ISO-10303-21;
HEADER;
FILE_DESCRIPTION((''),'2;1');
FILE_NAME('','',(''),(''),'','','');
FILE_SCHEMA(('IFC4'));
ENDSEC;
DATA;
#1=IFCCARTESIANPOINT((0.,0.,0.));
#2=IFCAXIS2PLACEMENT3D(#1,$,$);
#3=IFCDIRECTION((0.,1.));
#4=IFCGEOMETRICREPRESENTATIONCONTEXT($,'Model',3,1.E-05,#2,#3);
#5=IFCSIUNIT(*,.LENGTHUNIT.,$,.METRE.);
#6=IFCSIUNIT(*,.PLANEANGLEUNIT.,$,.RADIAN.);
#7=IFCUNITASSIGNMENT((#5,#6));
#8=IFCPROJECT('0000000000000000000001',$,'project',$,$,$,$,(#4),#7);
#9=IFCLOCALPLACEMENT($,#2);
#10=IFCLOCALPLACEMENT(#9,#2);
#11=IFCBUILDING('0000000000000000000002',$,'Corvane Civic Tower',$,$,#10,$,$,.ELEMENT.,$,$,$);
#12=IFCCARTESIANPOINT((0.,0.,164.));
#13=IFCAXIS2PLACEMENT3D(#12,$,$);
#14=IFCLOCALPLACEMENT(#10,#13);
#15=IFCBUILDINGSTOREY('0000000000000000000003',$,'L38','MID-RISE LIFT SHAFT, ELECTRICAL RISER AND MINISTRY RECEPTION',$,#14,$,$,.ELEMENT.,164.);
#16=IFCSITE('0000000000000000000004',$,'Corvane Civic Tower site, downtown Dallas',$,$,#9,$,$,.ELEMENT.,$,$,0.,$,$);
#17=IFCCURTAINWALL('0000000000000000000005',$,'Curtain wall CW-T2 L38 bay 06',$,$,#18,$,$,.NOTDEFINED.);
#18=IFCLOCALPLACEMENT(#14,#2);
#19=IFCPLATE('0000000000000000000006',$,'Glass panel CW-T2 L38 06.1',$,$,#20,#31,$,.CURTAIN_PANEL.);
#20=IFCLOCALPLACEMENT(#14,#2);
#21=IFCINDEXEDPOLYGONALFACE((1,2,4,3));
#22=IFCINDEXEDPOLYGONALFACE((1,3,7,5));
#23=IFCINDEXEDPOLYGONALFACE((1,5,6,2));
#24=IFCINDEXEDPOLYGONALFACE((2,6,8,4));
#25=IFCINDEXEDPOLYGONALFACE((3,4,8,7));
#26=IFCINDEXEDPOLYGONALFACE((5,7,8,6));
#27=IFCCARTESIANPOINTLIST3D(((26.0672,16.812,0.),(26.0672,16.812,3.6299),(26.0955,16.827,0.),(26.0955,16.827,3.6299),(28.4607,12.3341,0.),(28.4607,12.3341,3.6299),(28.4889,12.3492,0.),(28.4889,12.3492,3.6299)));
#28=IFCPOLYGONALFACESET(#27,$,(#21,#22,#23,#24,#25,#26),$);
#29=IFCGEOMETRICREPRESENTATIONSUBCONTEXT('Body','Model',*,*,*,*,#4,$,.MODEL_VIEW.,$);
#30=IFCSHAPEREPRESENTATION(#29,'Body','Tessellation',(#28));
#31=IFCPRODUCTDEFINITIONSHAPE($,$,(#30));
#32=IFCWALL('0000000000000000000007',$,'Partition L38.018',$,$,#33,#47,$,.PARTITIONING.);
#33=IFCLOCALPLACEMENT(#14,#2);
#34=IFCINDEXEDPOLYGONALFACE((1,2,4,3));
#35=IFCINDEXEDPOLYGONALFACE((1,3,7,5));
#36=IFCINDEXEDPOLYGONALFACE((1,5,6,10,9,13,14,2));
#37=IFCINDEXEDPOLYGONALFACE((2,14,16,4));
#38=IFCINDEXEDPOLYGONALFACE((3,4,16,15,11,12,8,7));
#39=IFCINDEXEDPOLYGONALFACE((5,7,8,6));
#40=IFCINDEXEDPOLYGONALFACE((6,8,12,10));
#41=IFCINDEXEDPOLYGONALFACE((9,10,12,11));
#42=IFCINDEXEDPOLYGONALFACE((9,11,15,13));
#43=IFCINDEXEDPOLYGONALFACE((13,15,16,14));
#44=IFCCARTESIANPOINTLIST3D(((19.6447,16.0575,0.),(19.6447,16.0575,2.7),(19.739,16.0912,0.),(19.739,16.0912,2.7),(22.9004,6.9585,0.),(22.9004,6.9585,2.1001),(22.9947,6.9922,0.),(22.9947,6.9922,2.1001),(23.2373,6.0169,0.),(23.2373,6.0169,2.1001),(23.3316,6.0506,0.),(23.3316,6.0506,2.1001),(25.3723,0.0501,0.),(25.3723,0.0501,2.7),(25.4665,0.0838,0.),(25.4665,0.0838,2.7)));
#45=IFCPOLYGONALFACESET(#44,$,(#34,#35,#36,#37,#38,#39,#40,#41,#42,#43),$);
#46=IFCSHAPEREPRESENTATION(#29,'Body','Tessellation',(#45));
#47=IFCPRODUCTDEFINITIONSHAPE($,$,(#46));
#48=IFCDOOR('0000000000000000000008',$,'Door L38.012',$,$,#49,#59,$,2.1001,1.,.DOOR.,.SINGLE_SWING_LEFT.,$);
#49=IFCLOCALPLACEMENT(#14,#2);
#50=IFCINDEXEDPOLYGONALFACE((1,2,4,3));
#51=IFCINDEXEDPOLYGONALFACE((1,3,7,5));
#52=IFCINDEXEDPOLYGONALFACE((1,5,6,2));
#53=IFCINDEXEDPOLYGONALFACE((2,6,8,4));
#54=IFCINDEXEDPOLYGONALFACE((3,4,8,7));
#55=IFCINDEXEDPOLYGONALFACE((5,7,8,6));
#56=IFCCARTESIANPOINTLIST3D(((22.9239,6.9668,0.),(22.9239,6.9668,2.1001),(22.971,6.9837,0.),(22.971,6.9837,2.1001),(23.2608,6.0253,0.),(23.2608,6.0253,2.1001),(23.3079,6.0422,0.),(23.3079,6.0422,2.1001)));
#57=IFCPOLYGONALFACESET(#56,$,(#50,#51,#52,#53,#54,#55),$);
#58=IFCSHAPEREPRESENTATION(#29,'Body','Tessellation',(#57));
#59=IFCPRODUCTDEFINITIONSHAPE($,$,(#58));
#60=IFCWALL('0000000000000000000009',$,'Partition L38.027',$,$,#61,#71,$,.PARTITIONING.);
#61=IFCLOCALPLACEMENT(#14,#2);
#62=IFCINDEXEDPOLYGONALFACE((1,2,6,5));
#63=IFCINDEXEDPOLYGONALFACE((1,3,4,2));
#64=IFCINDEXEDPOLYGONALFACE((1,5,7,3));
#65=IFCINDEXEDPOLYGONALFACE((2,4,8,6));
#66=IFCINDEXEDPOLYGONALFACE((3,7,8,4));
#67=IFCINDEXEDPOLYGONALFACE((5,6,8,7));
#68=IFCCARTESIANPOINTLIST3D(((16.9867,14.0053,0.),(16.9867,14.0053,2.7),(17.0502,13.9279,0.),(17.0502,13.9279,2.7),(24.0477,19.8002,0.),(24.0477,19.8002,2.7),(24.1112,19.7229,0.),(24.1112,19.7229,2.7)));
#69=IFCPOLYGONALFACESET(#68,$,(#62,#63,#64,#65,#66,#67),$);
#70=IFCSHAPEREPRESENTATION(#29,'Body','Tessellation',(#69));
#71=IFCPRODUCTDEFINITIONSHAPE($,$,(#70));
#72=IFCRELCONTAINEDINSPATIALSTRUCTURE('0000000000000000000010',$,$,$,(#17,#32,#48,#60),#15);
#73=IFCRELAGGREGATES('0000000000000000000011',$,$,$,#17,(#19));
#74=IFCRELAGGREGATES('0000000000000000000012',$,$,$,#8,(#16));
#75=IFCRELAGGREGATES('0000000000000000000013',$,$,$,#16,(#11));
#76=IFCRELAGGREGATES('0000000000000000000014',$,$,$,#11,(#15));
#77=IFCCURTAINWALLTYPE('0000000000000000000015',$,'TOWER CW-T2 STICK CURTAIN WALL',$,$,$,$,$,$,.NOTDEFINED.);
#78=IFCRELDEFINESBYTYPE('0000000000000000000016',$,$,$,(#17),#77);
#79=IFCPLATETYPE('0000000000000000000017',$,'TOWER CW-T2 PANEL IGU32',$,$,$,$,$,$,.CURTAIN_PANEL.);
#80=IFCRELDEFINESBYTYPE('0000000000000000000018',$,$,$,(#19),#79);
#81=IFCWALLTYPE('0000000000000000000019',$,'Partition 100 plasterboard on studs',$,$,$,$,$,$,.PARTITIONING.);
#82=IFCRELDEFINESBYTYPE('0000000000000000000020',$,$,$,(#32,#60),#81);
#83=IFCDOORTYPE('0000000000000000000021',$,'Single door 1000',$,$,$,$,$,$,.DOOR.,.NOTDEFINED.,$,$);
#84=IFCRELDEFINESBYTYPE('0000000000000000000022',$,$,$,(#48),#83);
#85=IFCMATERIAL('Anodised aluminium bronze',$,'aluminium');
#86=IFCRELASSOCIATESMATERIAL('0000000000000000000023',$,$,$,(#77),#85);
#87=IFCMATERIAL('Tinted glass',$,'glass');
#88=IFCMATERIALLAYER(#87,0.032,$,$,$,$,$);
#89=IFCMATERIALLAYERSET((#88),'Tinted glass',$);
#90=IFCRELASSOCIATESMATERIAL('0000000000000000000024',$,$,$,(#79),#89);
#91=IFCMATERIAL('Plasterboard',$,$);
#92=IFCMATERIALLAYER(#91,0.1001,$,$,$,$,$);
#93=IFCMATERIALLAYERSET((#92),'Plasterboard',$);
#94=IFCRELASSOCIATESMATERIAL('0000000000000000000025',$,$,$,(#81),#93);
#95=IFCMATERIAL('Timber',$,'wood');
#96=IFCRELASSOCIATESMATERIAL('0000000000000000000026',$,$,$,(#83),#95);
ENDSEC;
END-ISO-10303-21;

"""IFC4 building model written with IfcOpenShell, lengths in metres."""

from ifc_helpers import new_model, si_unit, direction, frame, frame_2d, origin, origin_2d, place, context, subcontext, project, spatial, rectangle, extrude, material, layer, layer_set, type_object, element, fill, aggregate, save


model = new_model("IFC4")

# Units and contexts
model_context = context("Model", 3, precision=1e-05, world=origin(), true_north=direction((0.0, 1.0)))
body_context = subcontext(model_context, "Body", "Model", "MODEL_VIEW")
ifc_project = project(units=[si_unit("LENGTHUNIT", "METRE"), si_unit("PLANEANGLEUNIT", "RADIAN")], contexts=[model_context])

# Site, building, storey
site_placement = place(None, origin())
site = spatial("IfcSite", under=ifc_project, at=site_placement, Name="Corvane Civic Tower site, downtown Dallas", CompositionType="ELEMENT", RefElevation=0.0)
building_placement = place(site_placement, origin())
building = spatial("IfcBuilding", under=site, at=building_placement, Name="Corvane Civic Tower", CompositionType="ELEMENT")
storey_placement = place(building_placement, frame((0.0, 0.0, 164.0)))
storey = spatial("IfcBuildingStorey", under=building, at=storey_placement, Name="L38", Description="MID-RISE LIFT SHAFT, ELECTRICAL RISER AND MINISTRY RECEPTION", CompositionType="ELEMENT", Elevation=164.0)

# Curtain wall
ifc_material_1 = material(Name="Anodised aluminium bronze", Category="aluminium")
curtain_wall_type = type_object("IfcCurtainWallType", Name="TOWER CW-T2 STICK CURTAIN WALL", PredefinedType="NOTDEFINED", material=ifc_material_1)
curtain_wall_1_placement = place(storey_placement, origin())
curtain_wall_1 = element("IfcCurtainWall", 1, at=curtain_wall_1_placement, inside=storey, type_object=curtain_wall_type, Name="Curtain wall CW-T2 L38 bay 06", PredefinedType="NOTDEFINED")

# Shared definitions
ifc_material_2 = material(Name="Tinted glass", Category="glass")
ifc_layer_1 = layer(ifc_material_2, 0.032)
ifc_layer_set_1 = layer_set([ifc_layer_1], Name="Tinted glass")
plate_type = type_object("IfcPlateType", Name="TOWER CW-T2 PANEL IGU32", PredefinedType="CURTAIN_PANEL", material=ifc_layer_set_1)

# Plate
plate_1_placement = place(storey_placement, frame((27.2781, 14.5806, 0.0), z_axis=(0.0, 0.0, 1.0), x_axis=(0.471395, -0.881922, 0.0)))
plate_1 = element("IfcPlate", 2, at=plate_1_placement, type_object=plate_type, Name="Glass panel CW-T2 L38 06.1", PredefinedType="CURTAIN_PANEL", context=body_context, shape_type="SweptSolid", body=[
    extrude(rectangle(XDim=5.0774, YDim=0.032, at=origin_2d()), origin(), (0.0, 0.0, 1.0), 3.6299),
])
aggregate(curtain_wall_1, [plate_1])

# Wall, opening, door
ifc_material_3 = material(Name="Plasterboard")
ifc_layer_2 = layer(ifc_material_3, 0.1001)
ifc_layer_set_2 = layer_set([ifc_layer_2], Name="Plasterboard")
wall_type = type_object("IfcWallType", Name="Partition 100 plasterboard on studs", PredefinedType="PARTITIONING", material=ifc_layer_set_2)
wall_1_placement = place(storey_placement, frame((19.6919, 16.0742, 0.0), z_axis=(0.0, 0.0, 1.0), x_axis=(0.336891, -0.941544, 0.0)))
wall_1 = element("IfcWall", 3, at=wall_1_placement, inside=storey, type_object=wall_type, Name="Partition L38.018", PredefinedType="PARTITIONING", context=body_context, shape_type="SweptSolid", body=[
    extrude(rectangle(XDim=17.0012, YDim=0.1001, at=frame_2d((8.5005, 0.0))), origin(), (0.0, 0.0, 1.0), 2.7),
])
opening_placement = place(wall_1_placement, frame((9.6638, 0.0, 0.0)))
opening = element("IfcOpeningElement", 4, at=opening_placement, cuts=wall_1, PredefinedType="OPENING", context=body_context, shape_type="SweptSolid", body=[
    extrude(rectangle(XDim=1.0, YDim=2.1001, at=frame_2d((0.5, 1.05))), frame((0.0, 0.0601, 0.0), z_axis=(0.0, -1.0, 0.0), x_axis=(1.0, 0.0, 0.0)), (0.0, 0.0, 1.0), 0.1201),
])
ifc_material_4 = material(Name="Timber", Category="wood")
door_type = type_object("IfcDoorType", Name="Single door 1000", OperationType="NOTDEFINED", PredefinedType="DOOR", material=ifc_material_4)
door_placement = place(opening_placement, origin())
door = element("IfcDoor", 5, at=door_placement, inside=storey, type_object=door_type, Name="Door L38.012", OperationType="SINGLE_SWING_LEFT", OverallHeight=2.1001, OverallWidth=1.0, PredefinedType="DOOR", context=body_context, shape_type="SweptSolid", body=[
    extrude(rectangle(XDim=1.0, YDim=2.1001, at=frame_2d((0.5, 1.05))), frame((0.0, 0.0249, 0.0), z_axis=(0.0, -1.0, 0.0), x_axis=(1.0, 0.0, 0.0)), (0.0, 0.0, 1.0), 0.05),
])
fill(opening, door)

# Wall
wall_2_placement = place(storey_placement, frame((17.0183, 13.9666, 0.0), z_axis=(0.0, 0.0, 1.0), x_axis=(0.773006, 0.634399, 0.0)))
element("IfcWall", 6, at=wall_2_placement, inside=storey, type_object=wall_type, Name="Partition L38.027", PredefinedType="PARTITIONING", context=body_context, shape_type="SweptSolid", body=[
    extrude(rectangle(XDim=9.1345, YDim=0.1001, at=frame_2d((4.5674, 0.0))), origin(), (0.0, 0.0, 1.0), 2.7),
])

save(model, "model.ifc")
